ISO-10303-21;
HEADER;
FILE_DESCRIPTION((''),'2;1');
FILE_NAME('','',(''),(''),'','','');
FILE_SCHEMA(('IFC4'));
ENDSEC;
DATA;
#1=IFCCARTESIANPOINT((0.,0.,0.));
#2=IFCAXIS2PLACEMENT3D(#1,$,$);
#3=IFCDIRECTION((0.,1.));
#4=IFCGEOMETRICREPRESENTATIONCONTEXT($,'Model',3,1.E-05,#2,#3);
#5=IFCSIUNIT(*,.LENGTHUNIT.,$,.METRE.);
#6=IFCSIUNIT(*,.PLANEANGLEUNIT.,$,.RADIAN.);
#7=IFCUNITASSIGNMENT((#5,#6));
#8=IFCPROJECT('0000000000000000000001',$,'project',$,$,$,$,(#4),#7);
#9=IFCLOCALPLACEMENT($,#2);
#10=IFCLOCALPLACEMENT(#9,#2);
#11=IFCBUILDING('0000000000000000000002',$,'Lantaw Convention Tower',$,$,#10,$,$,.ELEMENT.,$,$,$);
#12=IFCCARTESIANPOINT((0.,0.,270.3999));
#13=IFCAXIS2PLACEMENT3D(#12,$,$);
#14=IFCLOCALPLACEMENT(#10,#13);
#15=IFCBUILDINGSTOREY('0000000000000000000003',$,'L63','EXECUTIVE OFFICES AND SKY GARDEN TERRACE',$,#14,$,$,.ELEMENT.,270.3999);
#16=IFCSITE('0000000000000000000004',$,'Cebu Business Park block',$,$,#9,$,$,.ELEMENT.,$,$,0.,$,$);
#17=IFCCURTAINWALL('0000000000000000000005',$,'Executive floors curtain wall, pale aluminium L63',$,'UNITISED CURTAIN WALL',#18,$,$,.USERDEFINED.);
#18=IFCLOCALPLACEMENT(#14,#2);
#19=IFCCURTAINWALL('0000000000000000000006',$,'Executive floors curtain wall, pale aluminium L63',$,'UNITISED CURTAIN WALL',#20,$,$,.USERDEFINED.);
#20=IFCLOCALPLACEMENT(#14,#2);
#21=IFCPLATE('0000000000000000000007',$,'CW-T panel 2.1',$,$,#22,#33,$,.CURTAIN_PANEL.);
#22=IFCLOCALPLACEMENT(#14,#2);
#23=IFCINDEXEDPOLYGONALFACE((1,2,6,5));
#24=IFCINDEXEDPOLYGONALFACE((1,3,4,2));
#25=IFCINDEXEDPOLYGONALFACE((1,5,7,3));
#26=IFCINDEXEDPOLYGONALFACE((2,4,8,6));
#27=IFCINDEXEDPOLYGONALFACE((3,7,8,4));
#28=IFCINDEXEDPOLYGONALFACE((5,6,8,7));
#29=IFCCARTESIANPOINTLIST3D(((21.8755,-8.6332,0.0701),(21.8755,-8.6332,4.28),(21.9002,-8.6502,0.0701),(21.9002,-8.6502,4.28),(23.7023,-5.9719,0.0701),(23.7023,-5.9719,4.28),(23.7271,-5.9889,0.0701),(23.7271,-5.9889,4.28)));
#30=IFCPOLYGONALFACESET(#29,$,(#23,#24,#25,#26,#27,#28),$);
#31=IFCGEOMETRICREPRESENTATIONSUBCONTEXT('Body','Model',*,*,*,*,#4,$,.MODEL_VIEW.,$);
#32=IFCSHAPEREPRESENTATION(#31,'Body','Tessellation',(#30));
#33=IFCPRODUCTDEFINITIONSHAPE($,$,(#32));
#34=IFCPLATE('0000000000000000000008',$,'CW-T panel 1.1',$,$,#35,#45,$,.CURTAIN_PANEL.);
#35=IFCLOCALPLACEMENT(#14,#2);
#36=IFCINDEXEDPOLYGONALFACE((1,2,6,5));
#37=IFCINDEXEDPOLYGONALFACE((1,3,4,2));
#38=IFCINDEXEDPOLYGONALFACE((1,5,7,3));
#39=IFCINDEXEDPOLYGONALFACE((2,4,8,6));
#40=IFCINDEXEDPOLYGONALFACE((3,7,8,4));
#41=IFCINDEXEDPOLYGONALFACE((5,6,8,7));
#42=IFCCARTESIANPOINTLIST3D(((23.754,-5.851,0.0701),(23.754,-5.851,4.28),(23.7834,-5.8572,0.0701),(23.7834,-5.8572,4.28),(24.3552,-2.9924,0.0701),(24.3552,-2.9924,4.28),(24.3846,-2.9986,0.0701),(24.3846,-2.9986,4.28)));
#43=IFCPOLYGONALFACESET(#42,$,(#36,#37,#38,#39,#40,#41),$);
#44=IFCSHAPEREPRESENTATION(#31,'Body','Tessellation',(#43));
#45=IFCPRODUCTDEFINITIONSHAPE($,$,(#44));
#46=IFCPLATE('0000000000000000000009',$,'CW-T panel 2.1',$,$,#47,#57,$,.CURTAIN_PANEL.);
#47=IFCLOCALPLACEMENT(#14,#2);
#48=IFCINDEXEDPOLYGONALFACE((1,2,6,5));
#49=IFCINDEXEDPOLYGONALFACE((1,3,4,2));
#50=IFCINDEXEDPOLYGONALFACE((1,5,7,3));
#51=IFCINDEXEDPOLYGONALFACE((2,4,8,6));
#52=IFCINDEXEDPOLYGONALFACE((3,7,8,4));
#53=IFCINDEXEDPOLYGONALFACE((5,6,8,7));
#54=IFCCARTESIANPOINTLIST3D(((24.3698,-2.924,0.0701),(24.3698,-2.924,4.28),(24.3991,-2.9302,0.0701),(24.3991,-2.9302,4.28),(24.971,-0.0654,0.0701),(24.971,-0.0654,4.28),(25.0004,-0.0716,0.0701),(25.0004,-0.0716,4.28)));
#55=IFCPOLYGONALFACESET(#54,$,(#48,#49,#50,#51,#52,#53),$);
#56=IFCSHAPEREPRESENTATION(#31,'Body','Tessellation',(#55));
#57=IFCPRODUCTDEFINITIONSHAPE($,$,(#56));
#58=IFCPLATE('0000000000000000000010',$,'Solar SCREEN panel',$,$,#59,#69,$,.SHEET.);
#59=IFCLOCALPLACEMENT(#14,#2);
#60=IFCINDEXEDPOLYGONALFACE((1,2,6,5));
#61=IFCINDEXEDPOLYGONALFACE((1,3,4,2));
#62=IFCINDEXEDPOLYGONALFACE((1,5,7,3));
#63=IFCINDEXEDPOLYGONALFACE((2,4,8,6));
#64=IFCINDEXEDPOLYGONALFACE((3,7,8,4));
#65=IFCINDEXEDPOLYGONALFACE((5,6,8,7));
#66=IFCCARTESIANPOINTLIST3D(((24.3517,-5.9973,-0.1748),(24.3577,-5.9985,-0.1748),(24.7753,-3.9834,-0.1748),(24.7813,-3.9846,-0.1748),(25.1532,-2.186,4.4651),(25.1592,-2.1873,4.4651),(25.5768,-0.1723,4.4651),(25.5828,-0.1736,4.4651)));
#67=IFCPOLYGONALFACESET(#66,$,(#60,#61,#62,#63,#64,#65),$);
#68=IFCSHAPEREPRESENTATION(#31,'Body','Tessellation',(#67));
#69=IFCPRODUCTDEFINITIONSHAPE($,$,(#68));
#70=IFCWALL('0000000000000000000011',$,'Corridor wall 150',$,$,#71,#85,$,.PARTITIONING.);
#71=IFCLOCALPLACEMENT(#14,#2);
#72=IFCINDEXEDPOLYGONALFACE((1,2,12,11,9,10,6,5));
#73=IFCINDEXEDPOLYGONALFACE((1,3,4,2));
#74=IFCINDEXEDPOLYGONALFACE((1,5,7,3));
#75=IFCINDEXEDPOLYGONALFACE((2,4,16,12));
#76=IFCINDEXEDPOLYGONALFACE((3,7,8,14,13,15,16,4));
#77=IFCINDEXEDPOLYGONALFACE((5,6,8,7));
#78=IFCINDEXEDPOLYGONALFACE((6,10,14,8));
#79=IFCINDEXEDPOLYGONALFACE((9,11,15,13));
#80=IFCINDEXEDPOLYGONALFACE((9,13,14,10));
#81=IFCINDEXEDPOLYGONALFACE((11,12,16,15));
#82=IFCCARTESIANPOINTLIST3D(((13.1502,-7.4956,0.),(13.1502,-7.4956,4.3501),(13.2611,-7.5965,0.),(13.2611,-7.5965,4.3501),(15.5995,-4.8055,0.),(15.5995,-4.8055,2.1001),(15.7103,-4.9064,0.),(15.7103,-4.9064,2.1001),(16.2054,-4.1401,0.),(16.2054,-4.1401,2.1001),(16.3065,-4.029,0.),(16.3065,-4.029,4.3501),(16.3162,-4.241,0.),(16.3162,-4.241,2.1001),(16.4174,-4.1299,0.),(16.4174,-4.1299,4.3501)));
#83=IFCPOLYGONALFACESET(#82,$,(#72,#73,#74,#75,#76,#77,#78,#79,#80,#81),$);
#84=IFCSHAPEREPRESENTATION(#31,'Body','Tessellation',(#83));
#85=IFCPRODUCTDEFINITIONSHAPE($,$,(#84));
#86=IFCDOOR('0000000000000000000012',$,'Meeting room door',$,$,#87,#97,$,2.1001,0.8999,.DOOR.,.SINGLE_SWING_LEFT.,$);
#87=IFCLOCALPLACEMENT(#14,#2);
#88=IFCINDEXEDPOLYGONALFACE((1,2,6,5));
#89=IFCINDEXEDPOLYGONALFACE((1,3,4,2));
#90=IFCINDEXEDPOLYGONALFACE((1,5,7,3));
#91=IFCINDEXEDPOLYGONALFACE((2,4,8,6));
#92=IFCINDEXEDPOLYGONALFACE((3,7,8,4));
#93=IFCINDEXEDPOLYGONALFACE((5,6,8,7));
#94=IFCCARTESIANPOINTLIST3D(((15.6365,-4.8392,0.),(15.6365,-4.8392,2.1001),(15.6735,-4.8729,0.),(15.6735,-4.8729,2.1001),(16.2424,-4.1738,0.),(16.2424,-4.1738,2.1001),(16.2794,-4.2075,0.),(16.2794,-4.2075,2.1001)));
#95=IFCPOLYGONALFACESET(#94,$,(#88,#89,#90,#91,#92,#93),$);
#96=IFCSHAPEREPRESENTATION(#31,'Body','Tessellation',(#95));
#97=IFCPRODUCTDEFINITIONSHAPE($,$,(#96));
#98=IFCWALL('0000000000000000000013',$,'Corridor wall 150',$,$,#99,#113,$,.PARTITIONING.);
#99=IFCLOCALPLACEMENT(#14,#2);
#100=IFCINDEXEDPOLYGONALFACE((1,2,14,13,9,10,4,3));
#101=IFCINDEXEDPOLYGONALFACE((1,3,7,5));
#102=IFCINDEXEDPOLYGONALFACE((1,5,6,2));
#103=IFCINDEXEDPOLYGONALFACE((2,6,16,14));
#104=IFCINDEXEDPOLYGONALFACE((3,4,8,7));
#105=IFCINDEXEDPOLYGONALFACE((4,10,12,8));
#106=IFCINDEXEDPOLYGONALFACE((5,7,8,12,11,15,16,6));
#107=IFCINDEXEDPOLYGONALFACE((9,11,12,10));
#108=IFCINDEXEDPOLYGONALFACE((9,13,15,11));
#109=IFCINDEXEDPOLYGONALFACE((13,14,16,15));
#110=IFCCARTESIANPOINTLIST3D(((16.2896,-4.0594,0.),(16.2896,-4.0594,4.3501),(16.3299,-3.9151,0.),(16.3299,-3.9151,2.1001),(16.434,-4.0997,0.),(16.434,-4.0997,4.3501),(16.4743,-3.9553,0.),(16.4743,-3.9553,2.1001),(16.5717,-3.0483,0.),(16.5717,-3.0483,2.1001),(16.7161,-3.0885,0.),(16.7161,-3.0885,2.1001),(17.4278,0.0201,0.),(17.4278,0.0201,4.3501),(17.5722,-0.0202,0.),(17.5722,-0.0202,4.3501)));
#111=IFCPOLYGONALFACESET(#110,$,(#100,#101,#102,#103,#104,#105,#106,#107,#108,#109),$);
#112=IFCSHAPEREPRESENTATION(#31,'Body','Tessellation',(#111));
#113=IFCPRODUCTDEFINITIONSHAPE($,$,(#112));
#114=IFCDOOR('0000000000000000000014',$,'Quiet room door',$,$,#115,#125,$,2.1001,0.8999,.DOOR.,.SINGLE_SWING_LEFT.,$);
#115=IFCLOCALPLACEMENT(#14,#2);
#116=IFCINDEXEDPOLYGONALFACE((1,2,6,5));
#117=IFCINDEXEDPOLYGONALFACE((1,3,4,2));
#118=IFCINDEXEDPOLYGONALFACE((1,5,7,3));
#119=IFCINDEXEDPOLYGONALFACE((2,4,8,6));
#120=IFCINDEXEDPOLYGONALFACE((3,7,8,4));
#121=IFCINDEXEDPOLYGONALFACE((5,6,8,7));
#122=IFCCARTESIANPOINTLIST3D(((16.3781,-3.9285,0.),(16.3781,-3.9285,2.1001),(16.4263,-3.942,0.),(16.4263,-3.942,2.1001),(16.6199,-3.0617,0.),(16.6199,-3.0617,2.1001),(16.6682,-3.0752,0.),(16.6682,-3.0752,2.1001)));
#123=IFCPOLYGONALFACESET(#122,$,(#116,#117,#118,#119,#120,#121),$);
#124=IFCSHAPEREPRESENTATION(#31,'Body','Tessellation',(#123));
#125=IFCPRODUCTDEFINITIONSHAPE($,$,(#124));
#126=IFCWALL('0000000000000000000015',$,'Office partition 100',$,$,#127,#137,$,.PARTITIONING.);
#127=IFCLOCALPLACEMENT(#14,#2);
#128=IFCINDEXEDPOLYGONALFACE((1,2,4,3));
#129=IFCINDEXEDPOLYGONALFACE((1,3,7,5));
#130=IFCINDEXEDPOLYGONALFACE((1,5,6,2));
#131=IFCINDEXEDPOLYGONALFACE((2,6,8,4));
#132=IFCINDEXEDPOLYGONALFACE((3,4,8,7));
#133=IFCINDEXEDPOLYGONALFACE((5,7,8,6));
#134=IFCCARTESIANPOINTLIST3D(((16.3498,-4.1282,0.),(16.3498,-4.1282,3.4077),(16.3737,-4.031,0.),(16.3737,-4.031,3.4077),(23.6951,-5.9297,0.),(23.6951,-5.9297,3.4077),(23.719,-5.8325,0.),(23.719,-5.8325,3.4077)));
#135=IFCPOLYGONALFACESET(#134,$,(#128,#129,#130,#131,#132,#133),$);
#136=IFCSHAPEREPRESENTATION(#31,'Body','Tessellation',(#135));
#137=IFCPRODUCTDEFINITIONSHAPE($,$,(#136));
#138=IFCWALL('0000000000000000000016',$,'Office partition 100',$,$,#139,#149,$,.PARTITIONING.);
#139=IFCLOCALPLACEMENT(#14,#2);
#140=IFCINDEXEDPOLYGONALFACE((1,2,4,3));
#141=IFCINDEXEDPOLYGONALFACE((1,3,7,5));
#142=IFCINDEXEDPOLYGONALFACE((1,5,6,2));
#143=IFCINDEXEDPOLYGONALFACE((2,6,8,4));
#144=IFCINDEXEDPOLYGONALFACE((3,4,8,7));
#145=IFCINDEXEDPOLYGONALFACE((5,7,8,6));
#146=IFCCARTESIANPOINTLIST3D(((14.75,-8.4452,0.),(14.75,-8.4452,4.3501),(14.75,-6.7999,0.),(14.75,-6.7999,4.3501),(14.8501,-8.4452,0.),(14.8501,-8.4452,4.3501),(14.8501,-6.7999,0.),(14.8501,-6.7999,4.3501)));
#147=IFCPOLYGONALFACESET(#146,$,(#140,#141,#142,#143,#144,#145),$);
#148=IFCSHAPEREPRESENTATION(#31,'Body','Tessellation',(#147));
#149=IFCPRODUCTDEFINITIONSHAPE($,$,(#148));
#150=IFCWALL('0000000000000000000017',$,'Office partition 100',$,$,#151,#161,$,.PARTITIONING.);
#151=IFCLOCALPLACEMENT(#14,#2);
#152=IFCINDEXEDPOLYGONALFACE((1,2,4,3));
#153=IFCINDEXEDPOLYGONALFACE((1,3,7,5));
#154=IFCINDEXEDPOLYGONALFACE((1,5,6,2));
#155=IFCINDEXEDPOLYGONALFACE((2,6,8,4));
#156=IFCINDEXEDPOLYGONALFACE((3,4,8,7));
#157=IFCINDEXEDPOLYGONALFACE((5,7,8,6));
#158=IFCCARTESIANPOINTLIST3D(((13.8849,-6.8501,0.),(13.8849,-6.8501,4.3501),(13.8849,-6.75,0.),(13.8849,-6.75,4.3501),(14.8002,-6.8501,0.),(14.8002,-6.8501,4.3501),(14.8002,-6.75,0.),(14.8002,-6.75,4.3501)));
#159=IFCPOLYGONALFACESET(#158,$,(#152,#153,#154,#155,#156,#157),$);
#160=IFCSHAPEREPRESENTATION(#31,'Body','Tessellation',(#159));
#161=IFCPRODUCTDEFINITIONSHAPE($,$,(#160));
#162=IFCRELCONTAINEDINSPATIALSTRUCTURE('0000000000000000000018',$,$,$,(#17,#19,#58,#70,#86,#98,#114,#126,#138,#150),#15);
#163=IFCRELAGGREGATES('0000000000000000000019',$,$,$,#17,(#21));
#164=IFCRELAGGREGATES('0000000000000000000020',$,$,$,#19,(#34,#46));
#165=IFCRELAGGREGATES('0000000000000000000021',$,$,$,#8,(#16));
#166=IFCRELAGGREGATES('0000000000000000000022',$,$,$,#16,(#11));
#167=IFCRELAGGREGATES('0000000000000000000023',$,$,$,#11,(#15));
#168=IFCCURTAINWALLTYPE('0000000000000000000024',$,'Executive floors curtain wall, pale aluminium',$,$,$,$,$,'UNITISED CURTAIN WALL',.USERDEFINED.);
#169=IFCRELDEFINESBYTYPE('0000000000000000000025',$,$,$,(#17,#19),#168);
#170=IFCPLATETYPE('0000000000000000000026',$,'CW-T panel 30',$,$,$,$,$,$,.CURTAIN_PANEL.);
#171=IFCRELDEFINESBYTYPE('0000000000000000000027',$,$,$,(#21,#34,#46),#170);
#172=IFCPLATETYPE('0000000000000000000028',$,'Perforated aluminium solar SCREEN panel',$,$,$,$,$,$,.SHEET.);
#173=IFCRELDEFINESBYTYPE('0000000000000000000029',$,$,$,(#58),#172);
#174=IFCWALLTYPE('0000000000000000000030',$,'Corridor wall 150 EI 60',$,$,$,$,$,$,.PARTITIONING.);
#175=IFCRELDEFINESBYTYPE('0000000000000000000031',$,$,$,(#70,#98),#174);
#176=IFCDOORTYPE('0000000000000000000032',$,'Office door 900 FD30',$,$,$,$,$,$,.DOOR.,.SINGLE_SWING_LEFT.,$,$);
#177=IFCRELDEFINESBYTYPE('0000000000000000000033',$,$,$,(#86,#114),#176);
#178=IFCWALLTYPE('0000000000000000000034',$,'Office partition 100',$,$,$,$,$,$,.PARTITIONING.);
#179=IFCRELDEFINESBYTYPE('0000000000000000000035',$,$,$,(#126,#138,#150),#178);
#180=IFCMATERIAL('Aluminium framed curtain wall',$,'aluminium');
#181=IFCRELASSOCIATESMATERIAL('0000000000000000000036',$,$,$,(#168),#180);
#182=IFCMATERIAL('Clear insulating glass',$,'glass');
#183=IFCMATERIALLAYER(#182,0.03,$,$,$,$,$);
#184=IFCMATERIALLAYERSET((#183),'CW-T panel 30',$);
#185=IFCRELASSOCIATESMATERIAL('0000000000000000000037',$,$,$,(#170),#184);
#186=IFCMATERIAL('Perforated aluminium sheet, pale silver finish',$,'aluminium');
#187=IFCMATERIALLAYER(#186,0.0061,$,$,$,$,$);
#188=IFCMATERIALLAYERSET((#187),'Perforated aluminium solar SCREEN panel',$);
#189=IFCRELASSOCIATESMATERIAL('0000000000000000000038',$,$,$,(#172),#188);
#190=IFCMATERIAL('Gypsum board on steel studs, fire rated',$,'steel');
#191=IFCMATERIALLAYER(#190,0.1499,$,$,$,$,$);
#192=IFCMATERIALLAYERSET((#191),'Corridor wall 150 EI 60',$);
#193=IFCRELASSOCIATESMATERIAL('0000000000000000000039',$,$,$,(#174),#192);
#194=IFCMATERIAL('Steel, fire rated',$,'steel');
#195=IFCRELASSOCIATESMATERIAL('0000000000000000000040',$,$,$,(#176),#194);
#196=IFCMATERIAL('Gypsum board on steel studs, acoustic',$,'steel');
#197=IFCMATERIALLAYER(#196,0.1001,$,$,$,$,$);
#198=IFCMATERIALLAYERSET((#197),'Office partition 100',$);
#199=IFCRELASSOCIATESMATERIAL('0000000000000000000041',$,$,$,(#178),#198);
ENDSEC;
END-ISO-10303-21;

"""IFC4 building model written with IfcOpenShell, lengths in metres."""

from ifc_helpers import new_model, si_unit, direction, frame, frame_2d, origin, origin_2d, place, context, subcontext, project, spatial, polyline, rectangle, outline, extrude, material, layer, layer_set, type_object, element, fill, aggregate, save


model = new_model("IFC4")

# Units and contexts
model_context = context("Model", 3, precision=1e-05, world=origin(), true_north=direction((0.0, 1.0)))
body_context = subcontext(model_context, "Body", "Model", "MODEL_VIEW")
ifc_project = project(units=[si_unit("LENGTHUNIT", "METRE"), si_unit("PLANEANGLEUNIT", "RADIAN")], contexts=[model_context])

# Site, building, storey
site_placement = place(None, origin())
site = spatial("IfcSite", under=ifc_project, at=site_placement, Name="Cebu Business Park block", CompositionType="ELEMENT", RefElevation=0.0)
building_placement = place(site_placement, origin())
building = spatial("IfcBuilding", under=site, at=building_placement, Name="Lantaw Convention Tower", CompositionType="ELEMENT")
storey_placement = place(building_placement, frame((0.0, 0.0, 270.3999)))
storey = spatial("IfcBuildingStorey", under=building, at=storey_placement, Name="L63", Description="EXECUTIVE OFFICES AND SKY GARDEN TERRACE", CompositionType="ELEMENT", Elevation=270.3999)

# Curtain walls
ifc_material_1 = material(Name="Aluminium framed curtain wall", Category="aluminium")
curtain_wall_type = type_object("IfcCurtainWallType", Name="Executive floors curtain wall, pale aluminium", ElementType="UNITISED CURTAIN WALL", PredefinedType="USERDEFINED", material=ifc_material_1)
curtain_wall_1_placement = place(storey_placement, origin())
curtain_wall_1 = element("IfcCurtainWall", 1, at=curtain_wall_1_placement, inside=storey, type_object=curtain_wall_type, Name="Executive floors curtain wall, pale aluminium L63", ObjectType="UNITISED CURTAIN WALL", PredefinedType="USERDEFINED")
curtain_wall_2_placement = place(storey_placement, origin())
curtain_wall_2 = element("IfcCurtainWall", 2, at=curtain_wall_2_placement, inside=storey, type_object=curtain_wall_type, Name="Executive floors curtain wall, pale aluminium L63", ObjectType="UNITISED CURTAIN WALL", PredefinedType="USERDEFINED")

# Plates
ifc_material_2 = material(Name="Clear insulating glass", Category="glass")
ifc_layer_1 = layer(ifc_material_2, 0.03)
ifc_layer_set_1 = layer_set([ifc_layer_1], Name="CW-T panel 30")
plate_type_1 = type_object("IfcPlateType", Name="CW-T panel 30", PredefinedType="CURTAIN_PANEL", material=ifc_layer_set_1)
plate_1_placement = place(storey_placement, frame((22.8013, -7.311, 0.0701), z_axis=(0.0, 0.0, 1.0), x_axis=(0.565935, 0.82445, 0.0)))
plate_1 = element("IfcPlate", 3, at=plate_1_placement, type_object=plate_type_1, Name="CW-T panel 2.1", PredefinedType="CURTAIN_PANEL", context=body_context, shape_type="SweptSolid", body=[
    extrude(rectangle(XDim=3.228, YDim=0.03, at=origin_2d()), origin(), (0.0, 0.0, 1.0), 4.21),
])
aggregate(curtain_wall_1, [plate_1])
plate_2_placement = place(storey_placement, frame((24.0693, -4.4248, 0.0701), z_axis=(0.0, 0.0, 1.0), x_axis=(0.205814, 0.978591, 0.0)))
plate_2 = element("IfcPlate", 4, at=plate_2_placement, type_object=plate_type_1, Name="CW-T panel 1.1", PredefinedType="CURTAIN_PANEL", context=body_context, shape_type="SweptSolid", body=[
    extrude(rectangle(XDim=2.9211, YDim=0.03, at=origin_2d()), origin(), (0.0, 0.0, 1.0), 4.21),
])
plate_3_placement = place(storey_placement, frame((24.6851, -1.4978, 0.0701), z_axis=(0.0, 0.0, 1.0), x_axis=(0.205814, 0.978591, 0.0)))
plate_3 = element("IfcPlate", 5, at=plate_3_placement, type_object=plate_type_1, Name="CW-T panel 2.1", PredefinedType="CURTAIN_PANEL", context=body_context, shape_type="SweptSolid", body=[
    extrude(rectangle(XDim=2.9211, YDim=0.03, at=origin_2d()), origin(), (0.0, 0.0, 1.0), 4.21),
])
aggregate(curtain_wall_2, [plate_2, plate_3])
ifc_material_3 = material(Name="Perforated aluminium sheet, pale silver finish", Category="aluminium")
ifc_layer_2 = layer(ifc_material_3, 0.0061)
ifc_layer_set_2 = layer_set([ifc_layer_2], Name="Perforated aluminium solar SCREEN panel")
plate_type_2 = type_object("IfcPlateType", Name="Perforated aluminium solar SCREEN panel", PredefinedType="SHEET", material=ifc_layer_set_2)
plate_4_placement = place(storey_placement, frame((24.3577, -5.9985, -0.1748), z_axis=(0.978586, -0.205837, 0.000027), x_axis=(0.205837, 0.978586, 0.0)))
element("IfcPlate", 6, at=plate_4_placement, inside=storey, type_object=plate_type_2, Name="Solar SCREEN panel", PredefinedType="SHEET", context=body_context, shape_type="SweptSolid", body=[
    extrude(outline(polyline([(0.0, 0.0), (2.058, 0.0), (5.9524, 4.6399), (3.8946, 4.6399), (0.0, 0.0)])), origin(), (0.0, 0.0, -1.0), 0.0061),
])

# Walls, openings, doors
ifc_material_4 = material(Name="Gypsum board on steel studs, fire rated", Category="steel")
ifc_layer_3 = layer(ifc_material_4, 0.1499)
ifc_layer_set_3 = layer_set([ifc_layer_3], Name="Corridor wall 150 EI 60")
wall_type_1 = type_object("IfcWallType", Name="Corridor wall 150 EI 60", PredefinedType="PARTITIONING", material=ifc_layer_set_3)
wall_1_placement = place(storey_placement, frame((13.2056, -7.5461, 0.0), z_axis=(0.0, 0.0, 1.0), x_axis=(0.673238, 0.739426, 0.0)))
wall_1 = element("IfcWall", 7, at=wall_1_placement, inside=storey, type_object=wall_type_1, Name="Corridor wall 150", PredefinedType="PARTITIONING", context=body_context, shape_type="SweptSolid", body=[
    extrude(rectangle(XDim=4.6882, YDim=0.1499, at=frame_2d((2.3442, 0.0))), origin(), (0.0, 0.0, 1.0), 4.3501),
])
opening_1_placement = place(wall_1_placement, frame((3.6382, 0.0, 0.0)))
opening_1 = element("IfcOpeningElement", 8, at=opening_1_placement, cuts=wall_1, PredefinedType="OPENING", context=body_context, shape_type="SweptSolid", body=[
    extrude(rectangle(XDim=0.8999, YDim=2.1001, at=frame_2d((0.45, 1.05))), frame((0.0, 0.085, 0.0), z_axis=(0.0, -1.0, 0.0), x_axis=(1.0, 0.0, 0.0)), (0.0, 0.0, 1.0), 0.1699),
])
ifc_material_5 = material(Name="Steel, fire rated", Category="steel")
door_type_1 = type_object("IfcDoorType", Name="Office door 900 FD30", OperationType="SINGLE_SWING_LEFT", PredefinedType="DOOR", material=ifc_material_5)
door_1_placement = place(opening_1_placement, origin())
door_1 = element("IfcDoor", 9, at=door_1_placement, inside=storey, type_object=door_type_1, Name="Meeting room door", OperationType="SINGLE_SWING_LEFT", OverallHeight=2.1001, OverallWidth=0.8999, PredefinedType="DOOR", context=body_context, shape_type="SweptSolid", body=[
    extrude(rectangle(XDim=0.8999, YDim=2.1001, at=frame_2d((0.45, 1.05))), frame((0.0, 0.0249, 0.0), z_axis=(0.0, -1.0, 0.0), x_axis=(1.0, 0.0, 0.0)), (0.0, 0.0, 1.0), 0.05),
])
fill(opening_1, door_1)
wall_2_placement = place(storey_placement, frame((16.3618, -4.0796, 0.0), z_axis=(0.0, 0.0, 1.0), x_axis=(0.268732, 0.963215, 0.0)))
wall_2 = element("IfcWall", 10, at=wall_2_placement, inside=storey, type_object=wall_type_1, Name="Corridor wall 150", PredefinedType="PARTITIONING", context=body_context, shape_type="SweptSolid", body=[
    extrude(rectangle(XDim=4.2354, YDim=0.1499, at=frame_2d((2.1177, 0.0))), origin(), (0.0, 0.0, 1.0), 4.3501),
])
opening_2_placement = place(wall_2_placement, frame((0.1499, 0.0, 0.0)))
opening_2 = element("IfcOpeningElement", 11, at=opening_2_placement, cuts=wall_2, PredefinedType="OPENING", context=body_context, shape_type="SweptSolid", body=[
    extrude(rectangle(XDim=0.8999, YDim=2.1001, at=frame_2d((0.45, 1.05))), frame((0.0, 0.085, 0.0), z_axis=(0.0, -1.0, 0.0), x_axis=(1.0, 0.0, 0.0)), (0.0, 0.0, 1.0), 0.1699),
])
door_2_placement = place(opening_2_placement, origin())
door_2 = element("IfcDoor", 12, at=door_2_placement, inside=storey, type_object=door_type_1, Name="Quiet room door", OperationType="SINGLE_SWING_LEFT", OverallHeight=2.1001, OverallWidth=0.8999, PredefinedType="DOOR", context=body_context, shape_type="SweptSolid", body=[
    extrude(rectangle(XDim=0.8999, YDim=2.1001, at=frame_2d((0.45, 1.05))), frame((0.0, 0.0249, 0.0), z_axis=(0.0, -1.0, 0.0), x_axis=(1.0, 0.0, 0.0)), (0.0, 0.0, 1.0), 0.05),
])
fill(opening_2, door_2)

# Walls
ifc_material_6 = material(Name="Gypsum board on steel studs, acoustic", Category="steel")
ifc_layer_4 = layer(ifc_material_6, 0.1001)
ifc_layer_set_4 = layer_set([ifc_layer_4], Name="Office partition 100")
wall_type_2 = type_object("IfcWallType", Name="Office partition 100", PredefinedType="PARTITIONING", material=ifc_layer_set_4)
wall_3_placement = place(storey_placement, frame((23.707, -5.8811, 0.0), z_axis=(0.0, 0.0, 1.0), x_axis=(-0.971215, 0.238204, 0.0)))
element("IfcWall", 13, at=wall_3_placement, inside=storey, type_object=wall_type_2, Name="Office partition 100", PredefinedType="PARTITIONING", context=body_context, shape_type="SweptSolid", body=[
    extrude(rectangle(XDim=7.563, YDim=0.1001, at=frame_2d((3.7815, 0.0))), origin(), (0.0, 0.0, 1.0), 3.4077),
])
wall_4_placement = place(storey_placement, frame((14.8, -8.4453, 0.0), z_axis=(0.0, 0.0, 1.0), x_axis=(0.0, 1.0, 0.0)))
element("IfcWall", 14, at=wall_4_placement, inside=storey, type_object=wall_type_2, Name="Office partition 100", PredefinedType="PARTITIONING", context=body_context, shape_type="SweptSolid", body=[
    extrude(rectangle(XDim=1.6453, YDim=0.1001, at=frame_2d((0.8228, 0.0))), origin(), (0.0, 0.0, 1.0), 4.3501),
])
wall_5_placement = place(storey_placement, frame((14.8, -6.8, 0.0), z_axis=(0.0, 0.0, 1.0), x_axis=(-1.0, 0.0, 0.0)))
element("IfcWall", 15, at=wall_5_placement, inside=storey, type_object=wall_type_2, Name="Office partition 100", PredefinedType="PARTITIONING", context=body_context, shape_type="SweptSolid", body=[
    extrude(rectangle(XDim=0.9153, YDim=0.1001, at=frame_2d((0.4575, 0.0))), origin(), (0.0, 0.0, 1.0), 4.3501),
])

save(model, "model.ifc")
